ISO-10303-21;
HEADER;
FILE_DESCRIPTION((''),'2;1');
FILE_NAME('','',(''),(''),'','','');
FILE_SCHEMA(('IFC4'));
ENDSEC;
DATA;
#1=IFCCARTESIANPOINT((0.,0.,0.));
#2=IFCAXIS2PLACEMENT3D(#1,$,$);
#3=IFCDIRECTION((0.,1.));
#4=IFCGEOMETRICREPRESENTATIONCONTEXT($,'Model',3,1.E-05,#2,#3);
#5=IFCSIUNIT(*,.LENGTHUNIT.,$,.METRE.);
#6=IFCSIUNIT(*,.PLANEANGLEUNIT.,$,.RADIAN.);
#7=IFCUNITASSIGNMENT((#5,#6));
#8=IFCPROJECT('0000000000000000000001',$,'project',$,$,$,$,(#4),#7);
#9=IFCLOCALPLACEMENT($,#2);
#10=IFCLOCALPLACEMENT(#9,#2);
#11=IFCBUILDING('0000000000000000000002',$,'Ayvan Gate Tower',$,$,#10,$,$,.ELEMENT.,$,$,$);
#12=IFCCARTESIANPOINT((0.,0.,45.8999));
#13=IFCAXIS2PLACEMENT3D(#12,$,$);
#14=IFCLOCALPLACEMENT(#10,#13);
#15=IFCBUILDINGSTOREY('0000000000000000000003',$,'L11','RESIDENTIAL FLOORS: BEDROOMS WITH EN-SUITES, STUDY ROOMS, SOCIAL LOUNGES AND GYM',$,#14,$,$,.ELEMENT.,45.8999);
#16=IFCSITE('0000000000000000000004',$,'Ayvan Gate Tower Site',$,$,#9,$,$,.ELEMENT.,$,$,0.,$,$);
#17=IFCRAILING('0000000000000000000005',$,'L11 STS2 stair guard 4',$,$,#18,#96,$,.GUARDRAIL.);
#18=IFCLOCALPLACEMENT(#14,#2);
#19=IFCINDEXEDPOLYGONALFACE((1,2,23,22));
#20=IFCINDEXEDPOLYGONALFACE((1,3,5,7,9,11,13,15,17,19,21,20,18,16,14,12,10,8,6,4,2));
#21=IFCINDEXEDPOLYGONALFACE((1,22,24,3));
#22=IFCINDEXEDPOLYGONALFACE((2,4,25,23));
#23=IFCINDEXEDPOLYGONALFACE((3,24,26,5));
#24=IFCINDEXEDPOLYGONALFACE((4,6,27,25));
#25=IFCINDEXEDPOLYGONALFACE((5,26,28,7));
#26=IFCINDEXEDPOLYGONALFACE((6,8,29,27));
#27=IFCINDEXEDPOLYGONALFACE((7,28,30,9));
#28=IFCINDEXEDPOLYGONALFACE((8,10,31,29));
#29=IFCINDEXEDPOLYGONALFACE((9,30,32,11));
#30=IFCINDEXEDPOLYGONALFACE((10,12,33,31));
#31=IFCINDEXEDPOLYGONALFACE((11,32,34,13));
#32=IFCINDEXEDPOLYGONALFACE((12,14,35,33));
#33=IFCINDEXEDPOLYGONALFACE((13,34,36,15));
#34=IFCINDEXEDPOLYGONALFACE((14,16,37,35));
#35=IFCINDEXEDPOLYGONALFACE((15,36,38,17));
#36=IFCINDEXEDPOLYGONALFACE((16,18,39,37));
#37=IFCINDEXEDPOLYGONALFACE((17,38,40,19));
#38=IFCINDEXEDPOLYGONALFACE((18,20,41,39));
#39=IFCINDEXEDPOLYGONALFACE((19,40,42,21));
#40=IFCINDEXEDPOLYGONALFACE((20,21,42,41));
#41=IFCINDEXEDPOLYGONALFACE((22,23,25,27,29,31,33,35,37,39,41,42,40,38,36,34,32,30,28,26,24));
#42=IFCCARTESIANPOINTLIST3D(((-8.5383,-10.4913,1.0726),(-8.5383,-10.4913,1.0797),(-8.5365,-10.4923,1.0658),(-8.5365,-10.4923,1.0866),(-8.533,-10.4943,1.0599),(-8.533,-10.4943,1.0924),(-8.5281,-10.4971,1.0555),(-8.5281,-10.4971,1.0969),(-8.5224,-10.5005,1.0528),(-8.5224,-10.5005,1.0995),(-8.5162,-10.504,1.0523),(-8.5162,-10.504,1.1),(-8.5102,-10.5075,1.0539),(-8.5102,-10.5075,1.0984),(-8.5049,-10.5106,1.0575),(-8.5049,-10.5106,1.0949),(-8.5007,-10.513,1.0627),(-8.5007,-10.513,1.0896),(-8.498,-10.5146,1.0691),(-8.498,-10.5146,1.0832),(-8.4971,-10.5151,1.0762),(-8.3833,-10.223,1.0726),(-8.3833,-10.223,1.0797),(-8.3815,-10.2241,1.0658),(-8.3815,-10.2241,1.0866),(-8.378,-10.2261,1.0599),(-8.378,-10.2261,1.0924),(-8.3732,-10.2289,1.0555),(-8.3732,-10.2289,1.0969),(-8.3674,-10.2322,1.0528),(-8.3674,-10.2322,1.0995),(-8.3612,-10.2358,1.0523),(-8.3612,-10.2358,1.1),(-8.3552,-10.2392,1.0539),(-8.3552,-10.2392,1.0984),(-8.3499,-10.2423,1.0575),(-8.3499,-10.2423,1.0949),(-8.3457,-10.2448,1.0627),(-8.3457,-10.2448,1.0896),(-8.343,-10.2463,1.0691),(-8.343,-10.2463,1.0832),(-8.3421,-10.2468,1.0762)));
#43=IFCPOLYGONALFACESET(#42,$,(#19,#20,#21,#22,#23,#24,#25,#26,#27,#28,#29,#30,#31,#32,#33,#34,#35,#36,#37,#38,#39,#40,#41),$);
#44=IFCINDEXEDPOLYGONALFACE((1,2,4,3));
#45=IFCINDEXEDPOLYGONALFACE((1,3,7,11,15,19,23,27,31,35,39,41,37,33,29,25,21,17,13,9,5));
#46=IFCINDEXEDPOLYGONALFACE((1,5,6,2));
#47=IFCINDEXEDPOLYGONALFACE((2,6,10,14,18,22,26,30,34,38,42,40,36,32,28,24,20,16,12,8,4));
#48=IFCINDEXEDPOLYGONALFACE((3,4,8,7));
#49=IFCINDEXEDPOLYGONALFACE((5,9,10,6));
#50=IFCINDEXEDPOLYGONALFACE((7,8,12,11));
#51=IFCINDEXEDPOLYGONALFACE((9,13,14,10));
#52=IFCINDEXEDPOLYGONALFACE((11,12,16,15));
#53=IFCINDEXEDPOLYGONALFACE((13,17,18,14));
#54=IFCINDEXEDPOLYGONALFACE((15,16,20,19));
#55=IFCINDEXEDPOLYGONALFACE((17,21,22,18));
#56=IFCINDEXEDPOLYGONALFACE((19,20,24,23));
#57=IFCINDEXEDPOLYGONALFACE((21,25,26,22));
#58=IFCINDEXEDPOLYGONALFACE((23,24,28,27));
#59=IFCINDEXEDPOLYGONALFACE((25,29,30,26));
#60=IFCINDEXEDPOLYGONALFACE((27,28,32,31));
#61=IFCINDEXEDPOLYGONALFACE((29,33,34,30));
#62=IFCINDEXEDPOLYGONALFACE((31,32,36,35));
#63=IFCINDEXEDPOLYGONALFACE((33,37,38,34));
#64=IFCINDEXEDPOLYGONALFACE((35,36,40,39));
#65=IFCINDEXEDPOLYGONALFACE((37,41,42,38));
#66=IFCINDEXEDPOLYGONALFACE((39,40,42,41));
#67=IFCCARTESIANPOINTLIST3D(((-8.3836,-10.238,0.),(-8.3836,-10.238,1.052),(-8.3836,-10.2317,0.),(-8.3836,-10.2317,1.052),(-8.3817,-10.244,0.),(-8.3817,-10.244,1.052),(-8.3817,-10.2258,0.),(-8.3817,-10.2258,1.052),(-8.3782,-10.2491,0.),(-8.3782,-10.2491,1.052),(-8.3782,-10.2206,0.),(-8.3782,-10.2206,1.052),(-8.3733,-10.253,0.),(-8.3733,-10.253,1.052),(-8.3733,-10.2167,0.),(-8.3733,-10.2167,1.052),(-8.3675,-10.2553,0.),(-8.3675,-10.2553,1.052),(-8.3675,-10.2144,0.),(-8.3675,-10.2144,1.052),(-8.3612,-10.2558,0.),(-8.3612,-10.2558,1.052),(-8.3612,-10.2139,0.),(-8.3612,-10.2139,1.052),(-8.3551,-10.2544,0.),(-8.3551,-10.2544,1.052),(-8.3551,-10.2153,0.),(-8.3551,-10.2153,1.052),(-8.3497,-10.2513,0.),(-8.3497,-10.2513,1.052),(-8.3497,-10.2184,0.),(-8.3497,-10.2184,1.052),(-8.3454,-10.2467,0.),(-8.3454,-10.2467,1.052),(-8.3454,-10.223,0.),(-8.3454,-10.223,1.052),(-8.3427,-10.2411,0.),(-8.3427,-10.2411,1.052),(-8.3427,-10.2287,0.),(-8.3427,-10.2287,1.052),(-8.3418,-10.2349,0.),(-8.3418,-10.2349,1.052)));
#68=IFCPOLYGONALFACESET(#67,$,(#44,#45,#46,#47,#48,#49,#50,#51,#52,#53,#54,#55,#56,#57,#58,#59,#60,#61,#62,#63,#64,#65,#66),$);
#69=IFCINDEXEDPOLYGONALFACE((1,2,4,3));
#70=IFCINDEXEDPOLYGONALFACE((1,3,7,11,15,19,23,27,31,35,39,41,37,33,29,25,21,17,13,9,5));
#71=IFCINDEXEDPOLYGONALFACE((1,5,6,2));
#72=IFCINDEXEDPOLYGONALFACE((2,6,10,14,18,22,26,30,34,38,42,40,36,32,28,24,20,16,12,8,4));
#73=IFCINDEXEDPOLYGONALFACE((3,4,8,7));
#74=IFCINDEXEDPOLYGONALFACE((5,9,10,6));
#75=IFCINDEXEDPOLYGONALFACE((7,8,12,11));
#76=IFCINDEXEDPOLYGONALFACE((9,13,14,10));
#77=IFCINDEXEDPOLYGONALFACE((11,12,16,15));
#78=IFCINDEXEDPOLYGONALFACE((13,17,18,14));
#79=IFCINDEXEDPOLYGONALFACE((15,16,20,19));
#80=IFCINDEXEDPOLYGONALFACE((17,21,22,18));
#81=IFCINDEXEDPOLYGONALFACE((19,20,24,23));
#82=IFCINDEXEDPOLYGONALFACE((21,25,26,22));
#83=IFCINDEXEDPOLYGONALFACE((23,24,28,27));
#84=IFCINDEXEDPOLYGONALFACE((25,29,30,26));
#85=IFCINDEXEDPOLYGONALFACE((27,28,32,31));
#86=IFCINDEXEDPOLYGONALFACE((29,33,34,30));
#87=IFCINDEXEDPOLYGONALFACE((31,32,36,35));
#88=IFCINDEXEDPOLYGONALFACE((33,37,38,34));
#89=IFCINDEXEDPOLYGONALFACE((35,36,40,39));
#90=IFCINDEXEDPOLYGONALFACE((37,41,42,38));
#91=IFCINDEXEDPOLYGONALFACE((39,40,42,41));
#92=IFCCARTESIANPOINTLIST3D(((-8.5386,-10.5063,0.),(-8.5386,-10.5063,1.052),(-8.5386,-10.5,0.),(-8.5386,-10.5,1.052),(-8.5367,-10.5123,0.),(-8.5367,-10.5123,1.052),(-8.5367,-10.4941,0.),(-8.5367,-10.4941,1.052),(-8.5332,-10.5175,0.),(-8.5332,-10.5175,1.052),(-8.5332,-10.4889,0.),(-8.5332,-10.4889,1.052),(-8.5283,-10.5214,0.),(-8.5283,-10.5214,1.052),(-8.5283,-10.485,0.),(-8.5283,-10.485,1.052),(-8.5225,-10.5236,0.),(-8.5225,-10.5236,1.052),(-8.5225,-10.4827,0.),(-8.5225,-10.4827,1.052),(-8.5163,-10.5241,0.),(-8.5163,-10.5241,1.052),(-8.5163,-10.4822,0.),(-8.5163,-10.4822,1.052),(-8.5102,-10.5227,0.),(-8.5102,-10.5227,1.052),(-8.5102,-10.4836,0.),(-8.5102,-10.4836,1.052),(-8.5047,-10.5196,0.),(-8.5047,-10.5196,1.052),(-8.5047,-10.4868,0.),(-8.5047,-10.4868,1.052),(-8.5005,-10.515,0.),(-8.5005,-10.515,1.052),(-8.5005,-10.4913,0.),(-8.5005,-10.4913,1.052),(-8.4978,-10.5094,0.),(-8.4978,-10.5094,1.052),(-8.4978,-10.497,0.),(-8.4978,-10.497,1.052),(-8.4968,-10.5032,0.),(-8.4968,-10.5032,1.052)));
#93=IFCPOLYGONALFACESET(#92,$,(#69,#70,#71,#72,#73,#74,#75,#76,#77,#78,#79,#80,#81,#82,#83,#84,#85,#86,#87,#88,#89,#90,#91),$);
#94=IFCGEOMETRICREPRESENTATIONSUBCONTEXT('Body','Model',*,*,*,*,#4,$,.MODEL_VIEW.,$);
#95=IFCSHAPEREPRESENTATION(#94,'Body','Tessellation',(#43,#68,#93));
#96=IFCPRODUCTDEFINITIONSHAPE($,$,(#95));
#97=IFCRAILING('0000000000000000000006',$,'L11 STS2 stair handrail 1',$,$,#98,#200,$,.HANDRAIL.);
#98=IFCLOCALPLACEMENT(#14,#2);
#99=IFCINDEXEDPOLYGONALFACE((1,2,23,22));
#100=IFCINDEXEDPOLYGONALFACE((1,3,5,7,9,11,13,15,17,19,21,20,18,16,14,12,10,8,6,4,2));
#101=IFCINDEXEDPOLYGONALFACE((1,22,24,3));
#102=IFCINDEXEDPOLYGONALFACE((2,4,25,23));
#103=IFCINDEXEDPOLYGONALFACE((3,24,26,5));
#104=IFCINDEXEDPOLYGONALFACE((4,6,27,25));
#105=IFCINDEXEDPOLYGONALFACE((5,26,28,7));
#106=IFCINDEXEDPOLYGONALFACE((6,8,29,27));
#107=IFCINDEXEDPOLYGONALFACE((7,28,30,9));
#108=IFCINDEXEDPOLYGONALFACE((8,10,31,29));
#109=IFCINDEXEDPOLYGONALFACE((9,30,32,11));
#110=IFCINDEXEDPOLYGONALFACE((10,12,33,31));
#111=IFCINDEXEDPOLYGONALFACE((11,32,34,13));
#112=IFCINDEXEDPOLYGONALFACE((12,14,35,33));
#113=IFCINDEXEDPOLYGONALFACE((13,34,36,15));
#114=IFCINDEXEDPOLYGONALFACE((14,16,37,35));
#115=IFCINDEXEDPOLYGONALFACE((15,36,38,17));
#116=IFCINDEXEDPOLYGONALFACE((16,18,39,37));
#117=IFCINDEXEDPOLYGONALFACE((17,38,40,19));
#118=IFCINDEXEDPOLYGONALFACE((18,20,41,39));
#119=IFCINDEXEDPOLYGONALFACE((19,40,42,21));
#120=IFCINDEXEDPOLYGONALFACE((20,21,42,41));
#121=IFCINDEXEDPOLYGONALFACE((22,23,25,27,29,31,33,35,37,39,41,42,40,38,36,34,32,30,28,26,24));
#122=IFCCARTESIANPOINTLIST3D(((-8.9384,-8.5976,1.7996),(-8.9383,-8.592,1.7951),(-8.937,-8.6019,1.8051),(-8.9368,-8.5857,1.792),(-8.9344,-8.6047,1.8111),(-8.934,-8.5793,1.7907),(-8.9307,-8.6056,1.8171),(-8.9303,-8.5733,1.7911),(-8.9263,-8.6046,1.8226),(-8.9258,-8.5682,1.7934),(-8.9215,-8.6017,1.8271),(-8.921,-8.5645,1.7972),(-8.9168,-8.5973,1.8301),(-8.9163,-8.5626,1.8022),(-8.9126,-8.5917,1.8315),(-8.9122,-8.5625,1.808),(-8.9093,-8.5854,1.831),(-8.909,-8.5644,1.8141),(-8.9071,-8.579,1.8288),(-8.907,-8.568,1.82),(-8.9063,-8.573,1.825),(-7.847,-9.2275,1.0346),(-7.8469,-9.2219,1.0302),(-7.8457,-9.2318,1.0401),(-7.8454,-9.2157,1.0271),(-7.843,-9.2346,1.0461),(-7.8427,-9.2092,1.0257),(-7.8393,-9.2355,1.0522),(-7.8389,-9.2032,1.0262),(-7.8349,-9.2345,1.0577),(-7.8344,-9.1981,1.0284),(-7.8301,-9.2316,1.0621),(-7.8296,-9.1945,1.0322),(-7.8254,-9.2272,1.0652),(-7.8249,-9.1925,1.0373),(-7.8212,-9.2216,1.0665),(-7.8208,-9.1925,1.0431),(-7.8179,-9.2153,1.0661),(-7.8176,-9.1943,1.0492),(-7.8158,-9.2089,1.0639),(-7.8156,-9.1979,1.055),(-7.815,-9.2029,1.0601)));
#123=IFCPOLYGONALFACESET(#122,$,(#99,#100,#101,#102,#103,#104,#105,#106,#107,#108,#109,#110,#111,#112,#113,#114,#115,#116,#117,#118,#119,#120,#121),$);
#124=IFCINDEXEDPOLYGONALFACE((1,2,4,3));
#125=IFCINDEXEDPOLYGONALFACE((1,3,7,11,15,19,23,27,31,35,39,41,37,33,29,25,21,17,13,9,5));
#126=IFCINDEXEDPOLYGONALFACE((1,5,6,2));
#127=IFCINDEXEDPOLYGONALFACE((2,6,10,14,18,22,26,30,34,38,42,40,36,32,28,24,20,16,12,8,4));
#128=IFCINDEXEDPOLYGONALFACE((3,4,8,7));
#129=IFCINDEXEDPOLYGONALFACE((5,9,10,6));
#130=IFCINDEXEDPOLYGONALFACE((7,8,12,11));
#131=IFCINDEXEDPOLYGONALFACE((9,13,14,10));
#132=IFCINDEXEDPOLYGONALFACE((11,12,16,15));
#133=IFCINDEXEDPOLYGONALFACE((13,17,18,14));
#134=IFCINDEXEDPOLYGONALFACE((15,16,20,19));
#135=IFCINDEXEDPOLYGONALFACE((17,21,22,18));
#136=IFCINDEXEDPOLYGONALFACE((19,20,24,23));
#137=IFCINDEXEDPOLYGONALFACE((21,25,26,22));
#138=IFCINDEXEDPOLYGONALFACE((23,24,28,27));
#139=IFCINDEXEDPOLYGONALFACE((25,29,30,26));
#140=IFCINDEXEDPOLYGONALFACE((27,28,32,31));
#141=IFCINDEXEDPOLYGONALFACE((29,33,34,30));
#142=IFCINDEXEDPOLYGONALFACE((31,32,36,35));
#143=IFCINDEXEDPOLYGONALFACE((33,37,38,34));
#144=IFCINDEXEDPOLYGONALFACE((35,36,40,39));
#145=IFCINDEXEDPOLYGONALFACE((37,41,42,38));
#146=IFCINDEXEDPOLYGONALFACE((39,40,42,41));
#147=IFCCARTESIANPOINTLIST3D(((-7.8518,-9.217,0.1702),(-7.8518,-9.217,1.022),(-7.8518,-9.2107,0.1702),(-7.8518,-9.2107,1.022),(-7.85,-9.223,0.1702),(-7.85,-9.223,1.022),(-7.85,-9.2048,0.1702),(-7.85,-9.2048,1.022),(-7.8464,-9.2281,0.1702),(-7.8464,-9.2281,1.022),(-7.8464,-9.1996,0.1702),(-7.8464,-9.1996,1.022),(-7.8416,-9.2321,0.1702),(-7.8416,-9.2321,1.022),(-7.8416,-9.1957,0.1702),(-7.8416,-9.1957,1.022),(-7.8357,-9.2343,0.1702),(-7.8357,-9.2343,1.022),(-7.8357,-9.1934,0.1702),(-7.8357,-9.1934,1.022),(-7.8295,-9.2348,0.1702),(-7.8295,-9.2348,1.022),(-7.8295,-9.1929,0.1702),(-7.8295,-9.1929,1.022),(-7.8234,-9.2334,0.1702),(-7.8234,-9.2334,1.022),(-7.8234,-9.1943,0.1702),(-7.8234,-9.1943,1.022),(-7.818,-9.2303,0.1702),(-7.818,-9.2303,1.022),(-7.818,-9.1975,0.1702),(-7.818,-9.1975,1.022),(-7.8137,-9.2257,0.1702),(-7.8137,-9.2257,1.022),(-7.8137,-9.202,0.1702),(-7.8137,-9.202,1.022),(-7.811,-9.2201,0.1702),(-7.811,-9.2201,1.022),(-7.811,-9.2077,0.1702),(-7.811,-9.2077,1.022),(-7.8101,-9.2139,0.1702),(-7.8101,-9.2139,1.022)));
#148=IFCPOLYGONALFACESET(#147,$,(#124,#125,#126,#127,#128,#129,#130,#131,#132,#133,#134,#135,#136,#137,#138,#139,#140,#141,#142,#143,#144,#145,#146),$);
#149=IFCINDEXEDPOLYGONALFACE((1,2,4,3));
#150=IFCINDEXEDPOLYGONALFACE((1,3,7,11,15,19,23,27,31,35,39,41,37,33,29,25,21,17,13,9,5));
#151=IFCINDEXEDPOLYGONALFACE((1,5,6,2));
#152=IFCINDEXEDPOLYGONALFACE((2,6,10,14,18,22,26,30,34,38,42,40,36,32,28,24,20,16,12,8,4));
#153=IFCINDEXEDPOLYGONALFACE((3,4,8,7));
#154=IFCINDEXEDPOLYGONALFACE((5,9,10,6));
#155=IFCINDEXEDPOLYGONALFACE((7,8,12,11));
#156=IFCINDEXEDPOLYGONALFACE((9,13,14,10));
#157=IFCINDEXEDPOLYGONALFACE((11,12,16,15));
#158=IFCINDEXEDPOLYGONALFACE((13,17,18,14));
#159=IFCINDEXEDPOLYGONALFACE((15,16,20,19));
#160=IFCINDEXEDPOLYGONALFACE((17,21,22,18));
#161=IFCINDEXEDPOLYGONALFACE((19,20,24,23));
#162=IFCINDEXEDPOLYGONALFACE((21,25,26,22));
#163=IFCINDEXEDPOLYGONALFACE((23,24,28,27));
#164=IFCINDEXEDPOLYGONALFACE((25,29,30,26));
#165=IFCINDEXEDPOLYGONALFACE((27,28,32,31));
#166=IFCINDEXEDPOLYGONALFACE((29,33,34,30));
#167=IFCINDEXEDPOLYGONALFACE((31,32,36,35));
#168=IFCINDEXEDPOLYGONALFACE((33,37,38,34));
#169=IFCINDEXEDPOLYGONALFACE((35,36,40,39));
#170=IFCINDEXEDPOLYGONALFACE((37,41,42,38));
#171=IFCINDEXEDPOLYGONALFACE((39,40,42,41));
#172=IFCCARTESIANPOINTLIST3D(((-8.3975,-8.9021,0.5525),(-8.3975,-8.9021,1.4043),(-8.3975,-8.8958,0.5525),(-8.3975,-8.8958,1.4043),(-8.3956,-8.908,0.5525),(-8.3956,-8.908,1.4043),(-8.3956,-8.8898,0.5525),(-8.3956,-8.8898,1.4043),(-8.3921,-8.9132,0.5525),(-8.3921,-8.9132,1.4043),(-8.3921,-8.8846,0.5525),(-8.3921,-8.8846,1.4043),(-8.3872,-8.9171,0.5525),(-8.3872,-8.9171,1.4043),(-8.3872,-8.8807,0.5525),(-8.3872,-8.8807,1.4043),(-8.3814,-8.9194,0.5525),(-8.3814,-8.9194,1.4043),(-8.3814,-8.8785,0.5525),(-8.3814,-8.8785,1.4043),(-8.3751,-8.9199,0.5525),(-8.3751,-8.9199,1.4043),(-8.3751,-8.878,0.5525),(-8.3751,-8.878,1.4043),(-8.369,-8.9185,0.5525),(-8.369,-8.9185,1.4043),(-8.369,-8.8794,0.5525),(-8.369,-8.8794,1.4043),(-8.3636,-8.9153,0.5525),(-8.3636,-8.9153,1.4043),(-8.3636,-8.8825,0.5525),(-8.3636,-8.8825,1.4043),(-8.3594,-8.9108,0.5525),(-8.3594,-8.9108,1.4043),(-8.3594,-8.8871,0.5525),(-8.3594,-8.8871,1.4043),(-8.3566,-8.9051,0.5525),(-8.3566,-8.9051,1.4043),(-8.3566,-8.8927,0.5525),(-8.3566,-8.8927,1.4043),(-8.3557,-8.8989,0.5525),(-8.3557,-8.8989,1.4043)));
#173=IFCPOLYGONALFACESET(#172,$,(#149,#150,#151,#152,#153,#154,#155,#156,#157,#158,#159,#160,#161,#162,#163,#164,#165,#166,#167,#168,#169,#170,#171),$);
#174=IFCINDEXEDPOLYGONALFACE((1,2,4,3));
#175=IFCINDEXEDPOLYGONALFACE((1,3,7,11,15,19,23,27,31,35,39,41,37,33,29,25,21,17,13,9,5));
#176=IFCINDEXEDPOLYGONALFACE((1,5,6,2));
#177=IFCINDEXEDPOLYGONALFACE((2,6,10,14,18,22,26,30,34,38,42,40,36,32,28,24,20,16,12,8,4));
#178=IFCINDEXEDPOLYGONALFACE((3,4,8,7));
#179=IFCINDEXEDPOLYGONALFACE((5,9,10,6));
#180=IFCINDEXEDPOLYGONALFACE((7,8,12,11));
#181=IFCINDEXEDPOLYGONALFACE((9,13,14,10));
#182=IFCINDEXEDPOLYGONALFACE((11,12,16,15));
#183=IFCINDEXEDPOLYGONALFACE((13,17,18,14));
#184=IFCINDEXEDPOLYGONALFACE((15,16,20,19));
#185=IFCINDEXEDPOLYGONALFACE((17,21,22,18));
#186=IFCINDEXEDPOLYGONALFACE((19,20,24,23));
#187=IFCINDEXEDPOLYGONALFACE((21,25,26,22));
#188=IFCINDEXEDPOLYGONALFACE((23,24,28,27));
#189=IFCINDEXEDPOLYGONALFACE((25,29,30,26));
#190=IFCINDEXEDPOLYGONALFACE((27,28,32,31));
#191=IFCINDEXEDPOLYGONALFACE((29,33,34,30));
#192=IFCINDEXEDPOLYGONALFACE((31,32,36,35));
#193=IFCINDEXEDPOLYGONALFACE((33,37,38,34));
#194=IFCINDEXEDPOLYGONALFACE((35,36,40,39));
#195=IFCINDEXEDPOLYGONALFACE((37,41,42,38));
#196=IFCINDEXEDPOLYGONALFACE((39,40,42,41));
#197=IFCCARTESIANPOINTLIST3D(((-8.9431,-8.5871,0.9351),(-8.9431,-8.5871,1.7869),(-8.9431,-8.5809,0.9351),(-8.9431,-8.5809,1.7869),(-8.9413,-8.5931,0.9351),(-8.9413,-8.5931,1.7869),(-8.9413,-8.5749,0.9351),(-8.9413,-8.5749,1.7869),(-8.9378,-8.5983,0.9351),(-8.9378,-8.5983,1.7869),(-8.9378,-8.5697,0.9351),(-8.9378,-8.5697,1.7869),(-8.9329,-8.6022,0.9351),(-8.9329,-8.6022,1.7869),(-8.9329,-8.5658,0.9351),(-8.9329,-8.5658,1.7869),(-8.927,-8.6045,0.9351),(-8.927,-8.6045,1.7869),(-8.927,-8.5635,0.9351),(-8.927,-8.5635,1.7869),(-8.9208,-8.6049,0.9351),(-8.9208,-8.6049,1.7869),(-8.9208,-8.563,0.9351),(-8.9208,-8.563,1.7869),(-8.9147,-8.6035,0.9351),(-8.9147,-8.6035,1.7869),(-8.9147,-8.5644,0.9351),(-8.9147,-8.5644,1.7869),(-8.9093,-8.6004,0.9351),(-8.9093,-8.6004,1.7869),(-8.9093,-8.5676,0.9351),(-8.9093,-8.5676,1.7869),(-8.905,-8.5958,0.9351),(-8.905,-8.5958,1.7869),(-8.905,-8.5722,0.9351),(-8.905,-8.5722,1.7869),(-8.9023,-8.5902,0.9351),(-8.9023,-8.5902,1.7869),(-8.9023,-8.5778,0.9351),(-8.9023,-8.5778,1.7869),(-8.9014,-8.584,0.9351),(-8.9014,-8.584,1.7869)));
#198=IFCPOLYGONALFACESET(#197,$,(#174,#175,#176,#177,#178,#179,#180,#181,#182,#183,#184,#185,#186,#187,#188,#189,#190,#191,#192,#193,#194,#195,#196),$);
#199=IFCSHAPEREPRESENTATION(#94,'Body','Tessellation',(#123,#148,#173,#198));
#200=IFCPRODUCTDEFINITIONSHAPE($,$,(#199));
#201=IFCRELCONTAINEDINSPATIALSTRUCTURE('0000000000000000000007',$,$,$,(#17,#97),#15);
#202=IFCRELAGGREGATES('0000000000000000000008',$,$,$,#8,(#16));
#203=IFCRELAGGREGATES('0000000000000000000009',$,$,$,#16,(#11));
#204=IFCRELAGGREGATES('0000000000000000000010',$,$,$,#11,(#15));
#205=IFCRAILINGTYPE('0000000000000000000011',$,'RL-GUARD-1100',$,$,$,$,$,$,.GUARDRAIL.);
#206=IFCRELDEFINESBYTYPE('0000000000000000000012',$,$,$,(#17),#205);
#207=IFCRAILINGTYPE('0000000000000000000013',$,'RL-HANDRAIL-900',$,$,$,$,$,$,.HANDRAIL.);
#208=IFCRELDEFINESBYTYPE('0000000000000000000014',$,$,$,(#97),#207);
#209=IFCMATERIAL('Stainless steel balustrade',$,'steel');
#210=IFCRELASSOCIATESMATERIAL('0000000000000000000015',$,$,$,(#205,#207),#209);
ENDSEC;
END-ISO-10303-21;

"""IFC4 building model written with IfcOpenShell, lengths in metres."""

from ifc_helpers import new_model, si_unit, direction, frame, origin, origin_2d, place, context, subcontext, project, spatial, circle, extrude, material, type_object, element, save


model = new_model("IFC4")

# Units and contexts
model_context = context("Model", 3, precision=1e-05, world=origin(), true_north=direction((0.0, 1.0)))
body_context = subcontext(model_context, "Body", "Model", "MODEL_VIEW")
ifc_project = project(units=[si_unit("LENGTHUNIT", "METRE"), si_unit("PLANEANGLEUNIT", "RADIAN")], contexts=[model_context])

# Site, building, storey
site_placement = place(None, origin())
site = spatial("IfcSite", under=ifc_project, at=site_placement, Name="Ayvan Gate Tower Site", CompositionType="ELEMENT", RefElevation=0.0)
building_placement = place(site_placement, origin())
building = spatial("IfcBuilding", under=site, at=building_placement, Name="Ayvan Gate Tower", CompositionType="ELEMENT")
storey_placement = place(building_placement, frame((0.0, 0.0, 45.8999)))
storey = spatial("IfcBuildingStorey", under=building, at=storey_placement, Name="L11", Description="RESIDENTIAL FLOORS: BEDROOMS WITH EN-SUITES, STUDY ROOMS, SOCIAL LOUNGES AND GYM", CompositionType="ELEMENT", Elevation=45.8999)

# Railings
ifc_material_1 = material(Name="Stainless steel balustrade", Category="steel")
railing_type_1 = type_object("IfcRailingType", Name="RL-GUARD-1100", PredefinedType="GUARDRAIL", material=ifc_material_1)
railing_1_placement = place(storey_placement, frame((-8.3628, -10.2349, 0.0)))
element("IfcRailing", 1, at=railing_1_placement, inside=storey, type_object=railing_type_1, Name="L11 STS2 stair guard 4", PredefinedType="GUARDRAIL", context=body_context, shape_type="SweptSolid", body=[
    extrude(circle(Radius=0.0239, at=origin_2d()), frame((0.0, 0.0, 1.0762), z_axis=(-0.500291, -0.865857, 0.0), x_axis=(0.865857, -0.500291, 0.0)), (0.0, 0.0, 1.0), 0.3098),
    extrude(circle(Radius=0.021, at=origin_2d()), origin(), (0.0, 0.0, 1.0), 1.052),
    extrude(circle(Radius=0.021, at=origin_2d()), frame((-0.155, -0.2683, 0.0)), (0.0, 0.0, 1.0), 1.052),
])
railing_type_2 = type_object("IfcRailingType", Name="RL-HANDRAIL-900", PredefinedType="HANDRAIL", material=ifc_material_1)
railing_2_placement = place(storey_placement, frame((-7.8311, -9.2139, 0.1702)))
element("IfcRailing", 2, at=railing_2_placement, inside=storey, type_object=railing_type_2, Name="L11 STS2 stair handrail 1", PredefinedType="HANDRAIL", context=body_context, shape_type="SweptSolid", body=[
    extrude(circle(Radius=0.0239, at=origin_2d()), frame((0.0, 0.0, 0.876), z_axis=(-0.740357, 0.42732, 0.518912), x_axis=(-0.49989, -0.866089, 0.0)), (0.0, 0.0, 1.0), 1.4741),
    extrude(circle(Radius=0.021, at=origin_2d()), origin(), (0.0, 0.0, 1.0), 0.8518),
    extrude(circle(Radius=0.021, at=origin_2d()), frame((-0.5457, 0.3149, 0.3823)), (0.0, 0.0, 1.0), 0.8518),
    extrude(circle(Radius=0.021, at=origin_2d()), frame((-1.0913, 0.6299, 0.7649)), (0.0, 0.0, 1.0), 0.8518),
])

save(model, "model.ifc")
